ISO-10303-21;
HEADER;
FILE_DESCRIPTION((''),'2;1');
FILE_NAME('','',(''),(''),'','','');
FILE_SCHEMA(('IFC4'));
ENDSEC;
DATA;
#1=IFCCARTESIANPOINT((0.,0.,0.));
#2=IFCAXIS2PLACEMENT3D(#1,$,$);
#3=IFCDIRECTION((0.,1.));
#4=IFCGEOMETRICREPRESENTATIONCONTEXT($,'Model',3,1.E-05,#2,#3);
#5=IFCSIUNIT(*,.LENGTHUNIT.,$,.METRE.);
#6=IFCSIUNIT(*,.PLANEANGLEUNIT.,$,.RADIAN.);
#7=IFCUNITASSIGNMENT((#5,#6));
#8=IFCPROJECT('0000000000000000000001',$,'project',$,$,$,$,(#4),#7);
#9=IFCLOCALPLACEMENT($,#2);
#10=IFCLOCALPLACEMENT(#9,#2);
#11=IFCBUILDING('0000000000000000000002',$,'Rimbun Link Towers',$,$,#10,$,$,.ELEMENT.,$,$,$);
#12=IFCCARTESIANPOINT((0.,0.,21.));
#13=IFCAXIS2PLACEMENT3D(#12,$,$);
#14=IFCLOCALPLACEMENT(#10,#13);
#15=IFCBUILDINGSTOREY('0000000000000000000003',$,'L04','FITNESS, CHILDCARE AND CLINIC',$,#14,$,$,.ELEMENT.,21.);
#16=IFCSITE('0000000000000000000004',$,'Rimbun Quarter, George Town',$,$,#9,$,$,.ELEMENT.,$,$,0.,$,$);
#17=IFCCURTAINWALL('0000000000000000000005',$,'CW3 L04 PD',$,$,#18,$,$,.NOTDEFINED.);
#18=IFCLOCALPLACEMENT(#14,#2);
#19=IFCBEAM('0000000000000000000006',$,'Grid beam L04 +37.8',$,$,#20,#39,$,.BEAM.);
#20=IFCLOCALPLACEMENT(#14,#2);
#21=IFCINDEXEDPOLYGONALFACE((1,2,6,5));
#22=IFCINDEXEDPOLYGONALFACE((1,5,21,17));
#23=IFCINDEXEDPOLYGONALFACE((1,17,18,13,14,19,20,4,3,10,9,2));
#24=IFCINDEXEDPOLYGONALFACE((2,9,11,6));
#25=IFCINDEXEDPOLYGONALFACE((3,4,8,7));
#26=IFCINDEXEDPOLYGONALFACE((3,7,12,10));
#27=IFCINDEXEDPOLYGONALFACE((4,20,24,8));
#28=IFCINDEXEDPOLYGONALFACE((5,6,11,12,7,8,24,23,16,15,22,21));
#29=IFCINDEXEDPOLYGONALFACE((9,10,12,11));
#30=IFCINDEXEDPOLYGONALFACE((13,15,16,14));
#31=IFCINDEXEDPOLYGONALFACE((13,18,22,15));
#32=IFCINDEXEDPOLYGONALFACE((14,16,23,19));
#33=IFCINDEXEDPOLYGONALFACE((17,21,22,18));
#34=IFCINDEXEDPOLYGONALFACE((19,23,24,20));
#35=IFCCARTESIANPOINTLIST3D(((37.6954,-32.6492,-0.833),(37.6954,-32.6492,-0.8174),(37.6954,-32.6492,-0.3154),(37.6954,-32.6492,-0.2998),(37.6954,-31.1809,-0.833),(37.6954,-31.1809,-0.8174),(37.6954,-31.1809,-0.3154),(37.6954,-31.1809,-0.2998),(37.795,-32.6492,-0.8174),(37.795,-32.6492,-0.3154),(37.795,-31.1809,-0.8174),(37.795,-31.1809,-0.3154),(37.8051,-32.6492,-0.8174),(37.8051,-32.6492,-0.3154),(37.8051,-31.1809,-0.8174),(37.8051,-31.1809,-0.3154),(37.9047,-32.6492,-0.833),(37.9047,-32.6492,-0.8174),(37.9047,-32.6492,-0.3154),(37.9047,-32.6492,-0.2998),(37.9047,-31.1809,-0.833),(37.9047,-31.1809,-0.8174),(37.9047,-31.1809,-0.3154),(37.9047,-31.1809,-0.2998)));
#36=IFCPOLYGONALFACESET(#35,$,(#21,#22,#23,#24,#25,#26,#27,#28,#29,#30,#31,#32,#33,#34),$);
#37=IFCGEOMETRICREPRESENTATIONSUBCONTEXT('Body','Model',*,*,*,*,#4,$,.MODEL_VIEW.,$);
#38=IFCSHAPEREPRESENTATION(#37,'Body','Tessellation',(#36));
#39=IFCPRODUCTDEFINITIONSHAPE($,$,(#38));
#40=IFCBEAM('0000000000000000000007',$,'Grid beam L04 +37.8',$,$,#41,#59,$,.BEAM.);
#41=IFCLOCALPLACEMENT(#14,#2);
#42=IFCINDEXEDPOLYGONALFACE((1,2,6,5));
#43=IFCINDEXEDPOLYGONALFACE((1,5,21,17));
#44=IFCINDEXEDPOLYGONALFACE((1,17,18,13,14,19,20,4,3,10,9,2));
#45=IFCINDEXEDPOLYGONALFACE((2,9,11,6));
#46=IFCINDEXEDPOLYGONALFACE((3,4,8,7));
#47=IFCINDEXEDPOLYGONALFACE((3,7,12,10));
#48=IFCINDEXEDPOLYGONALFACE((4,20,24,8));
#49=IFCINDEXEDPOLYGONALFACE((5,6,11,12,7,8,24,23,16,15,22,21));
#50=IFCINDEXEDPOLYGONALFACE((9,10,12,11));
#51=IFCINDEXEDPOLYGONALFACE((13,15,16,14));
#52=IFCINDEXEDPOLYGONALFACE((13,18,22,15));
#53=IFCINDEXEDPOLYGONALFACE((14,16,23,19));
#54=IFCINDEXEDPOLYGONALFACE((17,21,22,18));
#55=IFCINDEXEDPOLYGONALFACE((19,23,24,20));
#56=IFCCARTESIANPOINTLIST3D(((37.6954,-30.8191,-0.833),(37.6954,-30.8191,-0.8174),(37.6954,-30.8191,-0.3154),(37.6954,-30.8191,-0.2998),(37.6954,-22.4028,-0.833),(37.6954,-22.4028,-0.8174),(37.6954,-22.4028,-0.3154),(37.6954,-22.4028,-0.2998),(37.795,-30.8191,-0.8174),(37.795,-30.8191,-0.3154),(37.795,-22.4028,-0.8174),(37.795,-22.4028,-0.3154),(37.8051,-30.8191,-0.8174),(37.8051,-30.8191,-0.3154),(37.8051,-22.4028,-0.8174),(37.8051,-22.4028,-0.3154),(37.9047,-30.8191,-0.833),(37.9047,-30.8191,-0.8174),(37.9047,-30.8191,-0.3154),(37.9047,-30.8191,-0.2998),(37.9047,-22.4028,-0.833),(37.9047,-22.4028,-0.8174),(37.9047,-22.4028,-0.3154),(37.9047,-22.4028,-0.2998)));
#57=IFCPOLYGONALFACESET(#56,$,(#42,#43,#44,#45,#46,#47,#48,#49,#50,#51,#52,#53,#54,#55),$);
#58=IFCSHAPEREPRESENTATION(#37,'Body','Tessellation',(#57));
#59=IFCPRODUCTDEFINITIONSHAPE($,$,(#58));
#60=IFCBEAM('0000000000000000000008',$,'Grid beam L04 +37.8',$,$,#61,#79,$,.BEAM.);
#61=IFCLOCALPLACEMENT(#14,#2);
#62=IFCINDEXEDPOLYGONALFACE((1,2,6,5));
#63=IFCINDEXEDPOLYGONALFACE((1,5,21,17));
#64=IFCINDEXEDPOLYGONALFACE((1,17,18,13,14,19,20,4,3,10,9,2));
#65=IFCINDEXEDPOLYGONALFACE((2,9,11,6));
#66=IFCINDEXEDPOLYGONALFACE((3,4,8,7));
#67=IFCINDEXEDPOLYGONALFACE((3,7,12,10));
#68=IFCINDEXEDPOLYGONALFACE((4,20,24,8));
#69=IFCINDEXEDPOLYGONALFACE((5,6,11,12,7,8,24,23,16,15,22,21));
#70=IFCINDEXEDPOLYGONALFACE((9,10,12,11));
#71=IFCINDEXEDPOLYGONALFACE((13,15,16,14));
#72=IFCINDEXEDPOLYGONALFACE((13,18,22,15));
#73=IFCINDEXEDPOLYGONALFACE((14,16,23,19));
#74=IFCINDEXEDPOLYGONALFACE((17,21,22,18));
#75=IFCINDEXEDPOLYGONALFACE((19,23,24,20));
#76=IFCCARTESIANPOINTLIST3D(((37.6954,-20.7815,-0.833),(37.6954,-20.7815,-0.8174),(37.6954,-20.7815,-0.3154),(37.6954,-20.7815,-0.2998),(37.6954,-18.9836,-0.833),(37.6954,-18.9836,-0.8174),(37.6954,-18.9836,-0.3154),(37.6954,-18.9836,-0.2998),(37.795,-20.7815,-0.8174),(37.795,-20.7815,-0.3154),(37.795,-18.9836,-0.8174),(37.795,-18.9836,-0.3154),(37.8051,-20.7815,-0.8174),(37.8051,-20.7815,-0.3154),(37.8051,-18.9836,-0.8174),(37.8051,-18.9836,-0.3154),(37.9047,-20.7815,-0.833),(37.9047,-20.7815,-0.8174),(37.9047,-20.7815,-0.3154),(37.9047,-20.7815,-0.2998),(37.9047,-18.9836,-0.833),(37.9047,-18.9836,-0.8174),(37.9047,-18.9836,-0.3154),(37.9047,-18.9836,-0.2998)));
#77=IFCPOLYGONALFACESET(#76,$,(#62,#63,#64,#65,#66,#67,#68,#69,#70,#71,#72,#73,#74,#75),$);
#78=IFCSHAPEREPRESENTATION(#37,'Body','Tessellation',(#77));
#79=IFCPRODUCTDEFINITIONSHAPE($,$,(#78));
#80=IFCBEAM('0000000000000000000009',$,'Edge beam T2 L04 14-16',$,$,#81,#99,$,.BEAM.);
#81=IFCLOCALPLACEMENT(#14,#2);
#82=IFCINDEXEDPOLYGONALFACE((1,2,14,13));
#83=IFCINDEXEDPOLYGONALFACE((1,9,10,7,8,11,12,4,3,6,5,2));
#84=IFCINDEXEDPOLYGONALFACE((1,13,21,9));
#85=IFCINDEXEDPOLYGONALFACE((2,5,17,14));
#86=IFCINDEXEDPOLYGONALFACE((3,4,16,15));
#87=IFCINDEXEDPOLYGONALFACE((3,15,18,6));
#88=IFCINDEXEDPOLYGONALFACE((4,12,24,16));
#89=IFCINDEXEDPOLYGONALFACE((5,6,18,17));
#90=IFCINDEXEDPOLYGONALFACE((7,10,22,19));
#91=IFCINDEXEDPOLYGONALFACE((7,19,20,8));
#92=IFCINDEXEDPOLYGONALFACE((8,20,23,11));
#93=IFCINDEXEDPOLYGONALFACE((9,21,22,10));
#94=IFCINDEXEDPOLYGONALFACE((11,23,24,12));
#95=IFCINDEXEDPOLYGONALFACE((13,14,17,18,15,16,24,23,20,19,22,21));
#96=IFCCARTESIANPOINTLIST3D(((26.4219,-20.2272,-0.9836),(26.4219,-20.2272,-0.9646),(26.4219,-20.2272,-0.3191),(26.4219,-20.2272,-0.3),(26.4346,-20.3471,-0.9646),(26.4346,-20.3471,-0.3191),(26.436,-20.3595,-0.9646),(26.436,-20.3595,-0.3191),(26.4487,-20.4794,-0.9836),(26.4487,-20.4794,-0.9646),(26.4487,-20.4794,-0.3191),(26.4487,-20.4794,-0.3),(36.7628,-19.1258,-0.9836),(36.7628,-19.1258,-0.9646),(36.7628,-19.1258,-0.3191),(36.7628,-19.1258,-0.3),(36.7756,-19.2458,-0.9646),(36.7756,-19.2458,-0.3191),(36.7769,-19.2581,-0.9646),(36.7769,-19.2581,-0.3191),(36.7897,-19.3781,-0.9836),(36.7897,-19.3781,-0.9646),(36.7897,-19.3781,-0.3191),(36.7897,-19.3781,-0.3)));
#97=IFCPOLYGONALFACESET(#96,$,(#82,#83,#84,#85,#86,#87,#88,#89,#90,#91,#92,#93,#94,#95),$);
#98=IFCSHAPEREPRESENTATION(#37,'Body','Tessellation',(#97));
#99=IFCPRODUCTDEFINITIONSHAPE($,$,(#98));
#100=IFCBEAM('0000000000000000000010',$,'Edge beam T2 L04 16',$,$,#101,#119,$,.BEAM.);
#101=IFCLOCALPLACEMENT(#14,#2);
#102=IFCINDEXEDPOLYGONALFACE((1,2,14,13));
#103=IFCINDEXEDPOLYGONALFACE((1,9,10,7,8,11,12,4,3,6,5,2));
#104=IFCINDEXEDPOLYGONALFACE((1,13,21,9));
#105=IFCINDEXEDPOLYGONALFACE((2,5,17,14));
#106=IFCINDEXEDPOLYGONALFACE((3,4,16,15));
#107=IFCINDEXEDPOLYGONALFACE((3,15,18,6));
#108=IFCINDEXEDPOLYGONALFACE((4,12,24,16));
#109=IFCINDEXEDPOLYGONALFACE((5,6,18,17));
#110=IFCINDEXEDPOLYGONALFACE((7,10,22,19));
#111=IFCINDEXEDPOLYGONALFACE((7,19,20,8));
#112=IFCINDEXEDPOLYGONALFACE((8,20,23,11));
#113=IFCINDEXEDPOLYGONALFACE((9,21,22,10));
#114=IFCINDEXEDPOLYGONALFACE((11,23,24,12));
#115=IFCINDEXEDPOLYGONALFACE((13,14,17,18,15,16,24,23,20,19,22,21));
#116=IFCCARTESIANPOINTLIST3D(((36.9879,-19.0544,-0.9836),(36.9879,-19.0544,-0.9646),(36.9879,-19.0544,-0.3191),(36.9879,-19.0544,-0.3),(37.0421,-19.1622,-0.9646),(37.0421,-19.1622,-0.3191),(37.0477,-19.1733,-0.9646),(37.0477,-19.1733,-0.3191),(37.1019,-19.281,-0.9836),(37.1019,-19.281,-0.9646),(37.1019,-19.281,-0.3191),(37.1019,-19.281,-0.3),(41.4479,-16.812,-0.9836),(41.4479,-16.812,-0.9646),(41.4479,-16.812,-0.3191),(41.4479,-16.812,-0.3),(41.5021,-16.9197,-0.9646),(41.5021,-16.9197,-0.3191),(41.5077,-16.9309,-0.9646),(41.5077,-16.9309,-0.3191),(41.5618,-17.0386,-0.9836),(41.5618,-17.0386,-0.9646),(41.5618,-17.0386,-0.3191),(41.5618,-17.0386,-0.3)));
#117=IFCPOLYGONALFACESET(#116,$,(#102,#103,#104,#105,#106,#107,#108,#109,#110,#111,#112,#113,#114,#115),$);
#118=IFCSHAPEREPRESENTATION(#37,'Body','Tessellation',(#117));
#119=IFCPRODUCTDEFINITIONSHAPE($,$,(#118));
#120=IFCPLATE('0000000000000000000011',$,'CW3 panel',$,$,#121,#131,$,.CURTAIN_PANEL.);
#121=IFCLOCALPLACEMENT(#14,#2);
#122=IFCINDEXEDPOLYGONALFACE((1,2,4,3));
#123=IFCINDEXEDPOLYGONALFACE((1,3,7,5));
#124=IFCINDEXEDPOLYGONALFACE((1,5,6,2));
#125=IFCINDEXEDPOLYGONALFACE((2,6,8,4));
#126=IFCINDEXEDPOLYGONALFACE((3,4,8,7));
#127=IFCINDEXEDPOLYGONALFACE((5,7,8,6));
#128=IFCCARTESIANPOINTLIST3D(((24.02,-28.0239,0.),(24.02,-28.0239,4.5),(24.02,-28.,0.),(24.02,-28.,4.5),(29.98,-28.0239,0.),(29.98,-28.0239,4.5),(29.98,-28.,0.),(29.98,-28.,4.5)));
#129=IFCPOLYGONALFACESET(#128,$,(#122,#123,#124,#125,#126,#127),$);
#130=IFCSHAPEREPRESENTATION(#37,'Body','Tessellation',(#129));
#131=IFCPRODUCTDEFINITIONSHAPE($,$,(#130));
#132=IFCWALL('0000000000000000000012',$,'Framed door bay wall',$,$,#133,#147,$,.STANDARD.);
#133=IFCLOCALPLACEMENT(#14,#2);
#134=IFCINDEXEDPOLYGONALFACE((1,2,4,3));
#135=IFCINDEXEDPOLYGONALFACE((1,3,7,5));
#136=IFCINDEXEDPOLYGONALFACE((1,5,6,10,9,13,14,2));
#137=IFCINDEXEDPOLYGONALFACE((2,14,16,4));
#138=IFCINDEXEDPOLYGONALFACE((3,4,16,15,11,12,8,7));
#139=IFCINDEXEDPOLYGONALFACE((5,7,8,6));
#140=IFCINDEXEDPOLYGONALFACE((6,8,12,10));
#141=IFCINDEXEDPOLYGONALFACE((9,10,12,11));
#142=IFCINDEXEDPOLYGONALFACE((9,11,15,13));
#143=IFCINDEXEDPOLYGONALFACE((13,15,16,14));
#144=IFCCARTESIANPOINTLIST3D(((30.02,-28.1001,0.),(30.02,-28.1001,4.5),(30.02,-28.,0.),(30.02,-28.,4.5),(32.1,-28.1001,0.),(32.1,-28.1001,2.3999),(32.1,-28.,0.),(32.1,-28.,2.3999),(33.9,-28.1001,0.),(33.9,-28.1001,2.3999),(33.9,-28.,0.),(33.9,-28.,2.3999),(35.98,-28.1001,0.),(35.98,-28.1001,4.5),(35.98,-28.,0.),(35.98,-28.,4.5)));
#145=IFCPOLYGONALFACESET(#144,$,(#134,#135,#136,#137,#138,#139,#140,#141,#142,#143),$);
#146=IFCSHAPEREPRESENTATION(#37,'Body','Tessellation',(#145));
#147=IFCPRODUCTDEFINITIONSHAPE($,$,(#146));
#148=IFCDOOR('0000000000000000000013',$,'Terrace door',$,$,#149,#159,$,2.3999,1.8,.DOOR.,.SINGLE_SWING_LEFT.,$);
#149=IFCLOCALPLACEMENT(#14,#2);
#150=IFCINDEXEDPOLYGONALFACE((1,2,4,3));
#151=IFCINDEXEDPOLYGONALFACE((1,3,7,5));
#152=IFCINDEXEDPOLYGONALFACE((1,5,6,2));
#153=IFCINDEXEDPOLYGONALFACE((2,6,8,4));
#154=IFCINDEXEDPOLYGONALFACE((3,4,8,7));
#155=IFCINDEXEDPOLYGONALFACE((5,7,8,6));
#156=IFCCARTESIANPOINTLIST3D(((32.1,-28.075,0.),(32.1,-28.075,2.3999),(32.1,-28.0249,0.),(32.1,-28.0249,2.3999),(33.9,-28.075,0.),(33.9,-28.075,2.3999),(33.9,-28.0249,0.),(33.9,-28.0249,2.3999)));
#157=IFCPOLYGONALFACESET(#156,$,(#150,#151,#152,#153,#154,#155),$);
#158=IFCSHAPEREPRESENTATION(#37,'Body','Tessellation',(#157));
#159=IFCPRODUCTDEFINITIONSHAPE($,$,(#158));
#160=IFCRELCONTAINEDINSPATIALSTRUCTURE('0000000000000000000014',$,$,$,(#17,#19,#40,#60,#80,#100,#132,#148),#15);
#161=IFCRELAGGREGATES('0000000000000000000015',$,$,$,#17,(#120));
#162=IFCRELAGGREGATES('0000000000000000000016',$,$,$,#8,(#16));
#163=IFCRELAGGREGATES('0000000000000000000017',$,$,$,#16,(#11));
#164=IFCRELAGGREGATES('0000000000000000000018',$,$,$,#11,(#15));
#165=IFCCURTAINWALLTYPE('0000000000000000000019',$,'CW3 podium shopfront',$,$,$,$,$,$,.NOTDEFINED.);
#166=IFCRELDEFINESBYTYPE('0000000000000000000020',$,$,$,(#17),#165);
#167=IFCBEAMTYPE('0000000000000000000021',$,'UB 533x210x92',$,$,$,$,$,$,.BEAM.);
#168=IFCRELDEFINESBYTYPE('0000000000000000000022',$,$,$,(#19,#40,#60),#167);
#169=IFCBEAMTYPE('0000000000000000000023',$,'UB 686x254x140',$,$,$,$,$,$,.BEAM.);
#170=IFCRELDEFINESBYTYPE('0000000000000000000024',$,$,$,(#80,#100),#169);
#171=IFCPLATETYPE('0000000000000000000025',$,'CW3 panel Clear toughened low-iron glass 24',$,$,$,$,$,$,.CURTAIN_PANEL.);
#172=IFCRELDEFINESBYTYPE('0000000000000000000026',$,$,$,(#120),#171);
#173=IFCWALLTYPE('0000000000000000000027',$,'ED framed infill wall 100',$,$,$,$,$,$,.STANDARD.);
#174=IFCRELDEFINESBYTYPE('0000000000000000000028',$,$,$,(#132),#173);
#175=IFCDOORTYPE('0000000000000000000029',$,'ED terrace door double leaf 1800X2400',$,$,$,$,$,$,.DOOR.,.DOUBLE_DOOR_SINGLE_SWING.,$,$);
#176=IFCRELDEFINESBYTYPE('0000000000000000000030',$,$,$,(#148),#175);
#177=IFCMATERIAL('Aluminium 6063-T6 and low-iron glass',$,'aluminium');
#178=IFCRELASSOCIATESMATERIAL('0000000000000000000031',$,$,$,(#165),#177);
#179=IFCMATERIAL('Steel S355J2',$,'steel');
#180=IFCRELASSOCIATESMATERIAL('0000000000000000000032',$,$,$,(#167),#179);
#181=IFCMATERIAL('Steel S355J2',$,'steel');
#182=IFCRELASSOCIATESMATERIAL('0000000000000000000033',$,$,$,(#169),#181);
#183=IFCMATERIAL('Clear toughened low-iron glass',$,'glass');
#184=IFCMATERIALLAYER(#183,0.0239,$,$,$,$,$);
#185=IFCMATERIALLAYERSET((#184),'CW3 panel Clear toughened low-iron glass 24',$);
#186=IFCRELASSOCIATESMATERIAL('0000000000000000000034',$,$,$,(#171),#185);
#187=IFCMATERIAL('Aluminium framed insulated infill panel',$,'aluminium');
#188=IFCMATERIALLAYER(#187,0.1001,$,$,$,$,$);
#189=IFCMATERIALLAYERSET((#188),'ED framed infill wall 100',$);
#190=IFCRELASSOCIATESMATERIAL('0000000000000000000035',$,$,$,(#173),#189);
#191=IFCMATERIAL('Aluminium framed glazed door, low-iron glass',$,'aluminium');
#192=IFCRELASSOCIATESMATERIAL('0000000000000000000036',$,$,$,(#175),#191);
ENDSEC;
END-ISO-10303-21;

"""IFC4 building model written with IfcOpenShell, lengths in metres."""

from ifc_helpers import new_model, si_unit, direction, frame, frame_2d, origin, origin_2d, place, context, subcontext, project, spatial, rectangle, i_section, extrude, material, layer, layer_set, material_profile, profile_set, type_object, element, fill, aggregate, save


model = new_model("IFC4")

# Units and contexts
model_context = context("Model", 3, precision=1e-05, world=origin(), true_north=direction((0.0, 1.0)))
body_context = subcontext(model_context, "Body", "Model", "MODEL_VIEW")
ifc_project = project(units=[si_unit("LENGTHUNIT", "METRE"), si_unit("PLANEANGLEUNIT", "RADIAN")], contexts=[model_context])

# Site, building, storey
site_placement = place(None, origin())
site = spatial("IfcSite", under=ifc_project, at=site_placement, Name="Rimbun Quarter, George Town", CompositionType="ELEMENT", RefElevation=0.0)
building_placement = place(site_placement, origin())
building = spatial("IfcBuilding", under=site, at=building_placement, Name="Rimbun Link Towers", CompositionType="ELEMENT")
storey_placement = place(building_placement, frame((0.0, 0.0, 21.0)))
storey = spatial("IfcBuildingStorey", under=building, at=storey_placement, Name="L04", Description="FITNESS, CHILDCARE AND CLINIC", CompositionType="ELEMENT", Elevation=21.0)

# Curtain wall
ifc_material_1 = material(Name="Aluminium 6063-T6 and low-iron glass", Category="aluminium")
curtain_wall_type = type_object("IfcCurtainWallType", Name="CW3 podium shopfront", PredefinedType="NOTDEFINED", material=ifc_material_1)
curtain_wall_placement = place(storey_placement, origin())
curtain_wall = element("IfcCurtainWall", 1, at=curtain_wall_placement, inside=storey, type_object=curtain_wall_type, Name="CW3 L04 PD", PredefinedType="NOTDEFINED")

# Beams
ifc_material_2 = material(Name="Steel S355J2", Category="steel")
ifc_material_profile_1 = material_profile(ifc_material_2, i_section(OverallWidth=0.2092, OverallDepth=0.5332, WebThickness=0.01, FlangeThickness=0.0156, at=origin_2d()), Name="UB 533x210x92")
ifc_profile_set_1 = profile_set([ifc_material_profile_1], Name="Steel S355J2")
beam_type_1 = type_object("IfcBeamType", Name="UB 533x210x92", PredefinedType="BEAM", material=ifc_profile_set_1)
beam_1_placement = place(storey_placement, frame((37.8, -32.6492, -0.5664), z_axis=(0.0, 1.0, 0.0), x_axis=(-1.0, 0.0, 0.0)))
element("IfcBeam", 2, at=beam_1_placement, inside=storey, type_object=beam_type_1, Name="Grid beam L04 +37.8", PredefinedType="BEAM", context=body_context, shape_type="SweptSolid", body=[
    extrude(i_section(OverallWidth=0.2092, OverallDepth=0.5332, WebThickness=0.01, FlangeThickness=0.0156, at=origin_2d()), origin(), (0.0, 0.0, 1.0), 1.4683),
])
beam_2_placement = place(storey_placement, frame((37.8, -30.8191, -0.5664), z_axis=(0.0, 1.0, 0.0), x_axis=(-1.0, 0.0, 0.0)))
element("IfcBeam", 3, at=beam_2_placement, inside=storey, type_object=beam_type_1, Name="Grid beam L04 +37.8", PredefinedType="BEAM", context=body_context, shape_type="SweptSolid", body=[
    extrude(i_section(OverallWidth=0.2092, OverallDepth=0.5332, WebThickness=0.01, FlangeThickness=0.0156, at=origin_2d()), origin(), (0.0, 0.0, 1.0), 8.4163),
])
beam_3_placement = place(storey_placement, frame((37.8, -20.7815, -0.5664), z_axis=(0.0, 1.0, 0.0), x_axis=(-1.0, 0.0, 0.0)))
element("IfcBeam", 4, at=beam_3_placement, inside=storey, type_object=beam_type_1, Name="Grid beam L04 +37.8", PredefinedType="BEAM", context=body_context, shape_type="SweptSolid", body=[
    extrude(i_section(OverallWidth=0.2092, OverallDepth=0.5332, WebThickness=0.01, FlangeThickness=0.0156, at=origin_2d()), origin(), (0.0, 0.0, 1.0), 1.7979),
])
ifc_material_3 = material(Name="Steel S355J2", Category="steel")
ifc_material_profile_2 = material_profile(ifc_material_3, i_section(OverallWidth=0.2537, OverallDepth=0.6836, WebThickness=0.0125, FlangeThickness=0.019, at=origin_2d()), Name="UB 686x254x140")
ifc_profile_set_2 = profile_set([ifc_material_profile_2], Name="Steel S355J2")
beam_type_2 = type_object("IfcBeamType", Name="UB 686x254x140", PredefinedType="BEAM", material=ifc_profile_set_2)
beam_4_placement = place(storey_placement, frame((26.4353, -20.3533, -0.6418), z_axis=(0.994376, 0.105903, 0.0), x_axis=(-0.105903, 0.994376, 0.0)))
element("IfcBeam", 5, at=beam_4_placement, inside=storey, type_object=beam_type_2, Name="Edge beam T2 L04 14-16", PredefinedType="BEAM", context=body_context, shape_type="SweptSolid", body=[
    extrude(i_section(OverallWidth=0.2537, OverallDepth=0.6836, WebThickness=0.0125, FlangeThickness=0.019, at=origin_2d()), origin(), (0.0, 0.0, 1.0), 10.3994),
])
beam_5_placement = place(storey_placement, frame((37.0449, -19.1677, -0.6418), z_axis=(0.893427, 0.449208, 0.0), x_axis=(-0.449208, 0.893427, 0.0)))
element("IfcBeam", 6, at=beam_5_placement, inside=storey, type_object=beam_type_2, Name="Edge beam T2 L04 16", PredefinedType="BEAM", context=body_context, shape_type="SweptSolid", body=[
    extrude(i_section(OverallWidth=0.2537, OverallDepth=0.6836, WebThickness=0.0125, FlangeThickness=0.019, at=origin_2d()), origin(), (0.0, 0.0, 1.0), 4.9919),
])

# Plate
ifc_material_4 = material(Name="Clear toughened low-iron glass", Category="glass")
ifc_layer_1 = layer(ifc_material_4, 0.0239)
ifc_layer_set_1 = layer_set([ifc_layer_1], Name="CW3 panel Clear toughened low-iron glass 24")
plate_type = type_object("IfcPlateType", Name="CW3 panel Clear toughened low-iron glass 24", PredefinedType="CURTAIN_PANEL", material=ifc_layer_set_1)
plate_placement = place(storey_placement, frame((27.0, -28.012, 0.0), z_axis=(0.0, 0.0, 1.0), x_axis=(-1.0, 0.0, 0.0)))
plate = element("IfcPlate", 7, at=plate_placement, type_object=plate_type, Name="CW3 panel", PredefinedType="CURTAIN_PANEL", context=body_context, shape_type="SweptSolid", body=[
    extrude(rectangle(XDim=5.96, YDim=0.0239, at=origin_2d()), origin(), (0.0, 0.0, 1.0), 4.5),
])
aggregate(curtain_wall, [plate])

# Wall, opening, door
ifc_material_5 = material(Name="Aluminium framed insulated infill panel", Category="aluminium")
ifc_layer_2 = layer(ifc_material_5, 0.1001)
ifc_layer_set_2 = layer_set([ifc_layer_2], Name="ED framed infill wall 100")
wall_type_1 = type_object("IfcWallType", Name="ED framed infill wall 100", PredefinedType="STANDARD", material=ifc_layer_set_2)
wall_1_placement = place(storey_placement, frame((35.98, -28.05, 0.0), z_axis=(0.0, 0.0, 1.0), x_axis=(-1.0, 0.0, 0.0)))
wall_1 = element("IfcWall", 8, at=wall_1_placement, inside=storey, type_object=wall_type_1, Name="Framed door bay wall", PredefinedType="STANDARD", context=body_context, shape_type="SweptSolid", body=[
    extrude(rectangle(XDim=5.96, YDim=0.1001, at=frame_2d((2.98, 0.0))), origin(), (0.0, 0.0, 1.0), 4.5),
])
opening_1_placement = place(wall_1_placement, frame((2.0801, 0.0, 0.0)))
opening_1 = element("IfcOpeningElement", 9, at=opening_1_placement, cuts=wall_1, PredefinedType="OPENING", context=body_context, shape_type="SweptSolid", body=[
    extrude(rectangle(XDim=1.8, YDim=2.3999, at=frame_2d((0.8999, 1.2))), frame((0.0, 0.0601, 0.0), z_axis=(0.0, -1.0, 0.0), x_axis=(1.0, 0.0, 0.0)), (0.0, 0.0, 1.0), 0.1201),
])
ifc_material_6 = material(Name="Aluminium framed glazed door, low-iron glass", Category="aluminium")
door_type = type_object("IfcDoorType", Name="ED terrace door double leaf 1800X2400", OperationType="DOUBLE_DOOR_SINGLE_SWING", PredefinedType="DOOR", material=ifc_material_6)
door_placement = place(opening_1_placement, origin())
door = element("IfcDoor", 10, at=door_placement, inside=storey, type_object=door_type, Name="Terrace door", OperationType="SINGLE_SWING_LEFT", OverallHeight=2.3999, OverallWidth=1.8, PredefinedType="DOOR", context=body_context, shape_type="SweptSolid", body=[
    extrude(rectangle(XDim=1.8, YDim=2.3999, at=frame_2d((0.8999, 1.2))), frame((0.0, 0.0249, 0.0), z_axis=(0.0, -1.0, 0.0), x_axis=(1.0, 0.0, 0.0)), (0.0, 0.0, 1.0), 0.05),
])
fill(opening_1, door)

save(model, "model.ifc")
